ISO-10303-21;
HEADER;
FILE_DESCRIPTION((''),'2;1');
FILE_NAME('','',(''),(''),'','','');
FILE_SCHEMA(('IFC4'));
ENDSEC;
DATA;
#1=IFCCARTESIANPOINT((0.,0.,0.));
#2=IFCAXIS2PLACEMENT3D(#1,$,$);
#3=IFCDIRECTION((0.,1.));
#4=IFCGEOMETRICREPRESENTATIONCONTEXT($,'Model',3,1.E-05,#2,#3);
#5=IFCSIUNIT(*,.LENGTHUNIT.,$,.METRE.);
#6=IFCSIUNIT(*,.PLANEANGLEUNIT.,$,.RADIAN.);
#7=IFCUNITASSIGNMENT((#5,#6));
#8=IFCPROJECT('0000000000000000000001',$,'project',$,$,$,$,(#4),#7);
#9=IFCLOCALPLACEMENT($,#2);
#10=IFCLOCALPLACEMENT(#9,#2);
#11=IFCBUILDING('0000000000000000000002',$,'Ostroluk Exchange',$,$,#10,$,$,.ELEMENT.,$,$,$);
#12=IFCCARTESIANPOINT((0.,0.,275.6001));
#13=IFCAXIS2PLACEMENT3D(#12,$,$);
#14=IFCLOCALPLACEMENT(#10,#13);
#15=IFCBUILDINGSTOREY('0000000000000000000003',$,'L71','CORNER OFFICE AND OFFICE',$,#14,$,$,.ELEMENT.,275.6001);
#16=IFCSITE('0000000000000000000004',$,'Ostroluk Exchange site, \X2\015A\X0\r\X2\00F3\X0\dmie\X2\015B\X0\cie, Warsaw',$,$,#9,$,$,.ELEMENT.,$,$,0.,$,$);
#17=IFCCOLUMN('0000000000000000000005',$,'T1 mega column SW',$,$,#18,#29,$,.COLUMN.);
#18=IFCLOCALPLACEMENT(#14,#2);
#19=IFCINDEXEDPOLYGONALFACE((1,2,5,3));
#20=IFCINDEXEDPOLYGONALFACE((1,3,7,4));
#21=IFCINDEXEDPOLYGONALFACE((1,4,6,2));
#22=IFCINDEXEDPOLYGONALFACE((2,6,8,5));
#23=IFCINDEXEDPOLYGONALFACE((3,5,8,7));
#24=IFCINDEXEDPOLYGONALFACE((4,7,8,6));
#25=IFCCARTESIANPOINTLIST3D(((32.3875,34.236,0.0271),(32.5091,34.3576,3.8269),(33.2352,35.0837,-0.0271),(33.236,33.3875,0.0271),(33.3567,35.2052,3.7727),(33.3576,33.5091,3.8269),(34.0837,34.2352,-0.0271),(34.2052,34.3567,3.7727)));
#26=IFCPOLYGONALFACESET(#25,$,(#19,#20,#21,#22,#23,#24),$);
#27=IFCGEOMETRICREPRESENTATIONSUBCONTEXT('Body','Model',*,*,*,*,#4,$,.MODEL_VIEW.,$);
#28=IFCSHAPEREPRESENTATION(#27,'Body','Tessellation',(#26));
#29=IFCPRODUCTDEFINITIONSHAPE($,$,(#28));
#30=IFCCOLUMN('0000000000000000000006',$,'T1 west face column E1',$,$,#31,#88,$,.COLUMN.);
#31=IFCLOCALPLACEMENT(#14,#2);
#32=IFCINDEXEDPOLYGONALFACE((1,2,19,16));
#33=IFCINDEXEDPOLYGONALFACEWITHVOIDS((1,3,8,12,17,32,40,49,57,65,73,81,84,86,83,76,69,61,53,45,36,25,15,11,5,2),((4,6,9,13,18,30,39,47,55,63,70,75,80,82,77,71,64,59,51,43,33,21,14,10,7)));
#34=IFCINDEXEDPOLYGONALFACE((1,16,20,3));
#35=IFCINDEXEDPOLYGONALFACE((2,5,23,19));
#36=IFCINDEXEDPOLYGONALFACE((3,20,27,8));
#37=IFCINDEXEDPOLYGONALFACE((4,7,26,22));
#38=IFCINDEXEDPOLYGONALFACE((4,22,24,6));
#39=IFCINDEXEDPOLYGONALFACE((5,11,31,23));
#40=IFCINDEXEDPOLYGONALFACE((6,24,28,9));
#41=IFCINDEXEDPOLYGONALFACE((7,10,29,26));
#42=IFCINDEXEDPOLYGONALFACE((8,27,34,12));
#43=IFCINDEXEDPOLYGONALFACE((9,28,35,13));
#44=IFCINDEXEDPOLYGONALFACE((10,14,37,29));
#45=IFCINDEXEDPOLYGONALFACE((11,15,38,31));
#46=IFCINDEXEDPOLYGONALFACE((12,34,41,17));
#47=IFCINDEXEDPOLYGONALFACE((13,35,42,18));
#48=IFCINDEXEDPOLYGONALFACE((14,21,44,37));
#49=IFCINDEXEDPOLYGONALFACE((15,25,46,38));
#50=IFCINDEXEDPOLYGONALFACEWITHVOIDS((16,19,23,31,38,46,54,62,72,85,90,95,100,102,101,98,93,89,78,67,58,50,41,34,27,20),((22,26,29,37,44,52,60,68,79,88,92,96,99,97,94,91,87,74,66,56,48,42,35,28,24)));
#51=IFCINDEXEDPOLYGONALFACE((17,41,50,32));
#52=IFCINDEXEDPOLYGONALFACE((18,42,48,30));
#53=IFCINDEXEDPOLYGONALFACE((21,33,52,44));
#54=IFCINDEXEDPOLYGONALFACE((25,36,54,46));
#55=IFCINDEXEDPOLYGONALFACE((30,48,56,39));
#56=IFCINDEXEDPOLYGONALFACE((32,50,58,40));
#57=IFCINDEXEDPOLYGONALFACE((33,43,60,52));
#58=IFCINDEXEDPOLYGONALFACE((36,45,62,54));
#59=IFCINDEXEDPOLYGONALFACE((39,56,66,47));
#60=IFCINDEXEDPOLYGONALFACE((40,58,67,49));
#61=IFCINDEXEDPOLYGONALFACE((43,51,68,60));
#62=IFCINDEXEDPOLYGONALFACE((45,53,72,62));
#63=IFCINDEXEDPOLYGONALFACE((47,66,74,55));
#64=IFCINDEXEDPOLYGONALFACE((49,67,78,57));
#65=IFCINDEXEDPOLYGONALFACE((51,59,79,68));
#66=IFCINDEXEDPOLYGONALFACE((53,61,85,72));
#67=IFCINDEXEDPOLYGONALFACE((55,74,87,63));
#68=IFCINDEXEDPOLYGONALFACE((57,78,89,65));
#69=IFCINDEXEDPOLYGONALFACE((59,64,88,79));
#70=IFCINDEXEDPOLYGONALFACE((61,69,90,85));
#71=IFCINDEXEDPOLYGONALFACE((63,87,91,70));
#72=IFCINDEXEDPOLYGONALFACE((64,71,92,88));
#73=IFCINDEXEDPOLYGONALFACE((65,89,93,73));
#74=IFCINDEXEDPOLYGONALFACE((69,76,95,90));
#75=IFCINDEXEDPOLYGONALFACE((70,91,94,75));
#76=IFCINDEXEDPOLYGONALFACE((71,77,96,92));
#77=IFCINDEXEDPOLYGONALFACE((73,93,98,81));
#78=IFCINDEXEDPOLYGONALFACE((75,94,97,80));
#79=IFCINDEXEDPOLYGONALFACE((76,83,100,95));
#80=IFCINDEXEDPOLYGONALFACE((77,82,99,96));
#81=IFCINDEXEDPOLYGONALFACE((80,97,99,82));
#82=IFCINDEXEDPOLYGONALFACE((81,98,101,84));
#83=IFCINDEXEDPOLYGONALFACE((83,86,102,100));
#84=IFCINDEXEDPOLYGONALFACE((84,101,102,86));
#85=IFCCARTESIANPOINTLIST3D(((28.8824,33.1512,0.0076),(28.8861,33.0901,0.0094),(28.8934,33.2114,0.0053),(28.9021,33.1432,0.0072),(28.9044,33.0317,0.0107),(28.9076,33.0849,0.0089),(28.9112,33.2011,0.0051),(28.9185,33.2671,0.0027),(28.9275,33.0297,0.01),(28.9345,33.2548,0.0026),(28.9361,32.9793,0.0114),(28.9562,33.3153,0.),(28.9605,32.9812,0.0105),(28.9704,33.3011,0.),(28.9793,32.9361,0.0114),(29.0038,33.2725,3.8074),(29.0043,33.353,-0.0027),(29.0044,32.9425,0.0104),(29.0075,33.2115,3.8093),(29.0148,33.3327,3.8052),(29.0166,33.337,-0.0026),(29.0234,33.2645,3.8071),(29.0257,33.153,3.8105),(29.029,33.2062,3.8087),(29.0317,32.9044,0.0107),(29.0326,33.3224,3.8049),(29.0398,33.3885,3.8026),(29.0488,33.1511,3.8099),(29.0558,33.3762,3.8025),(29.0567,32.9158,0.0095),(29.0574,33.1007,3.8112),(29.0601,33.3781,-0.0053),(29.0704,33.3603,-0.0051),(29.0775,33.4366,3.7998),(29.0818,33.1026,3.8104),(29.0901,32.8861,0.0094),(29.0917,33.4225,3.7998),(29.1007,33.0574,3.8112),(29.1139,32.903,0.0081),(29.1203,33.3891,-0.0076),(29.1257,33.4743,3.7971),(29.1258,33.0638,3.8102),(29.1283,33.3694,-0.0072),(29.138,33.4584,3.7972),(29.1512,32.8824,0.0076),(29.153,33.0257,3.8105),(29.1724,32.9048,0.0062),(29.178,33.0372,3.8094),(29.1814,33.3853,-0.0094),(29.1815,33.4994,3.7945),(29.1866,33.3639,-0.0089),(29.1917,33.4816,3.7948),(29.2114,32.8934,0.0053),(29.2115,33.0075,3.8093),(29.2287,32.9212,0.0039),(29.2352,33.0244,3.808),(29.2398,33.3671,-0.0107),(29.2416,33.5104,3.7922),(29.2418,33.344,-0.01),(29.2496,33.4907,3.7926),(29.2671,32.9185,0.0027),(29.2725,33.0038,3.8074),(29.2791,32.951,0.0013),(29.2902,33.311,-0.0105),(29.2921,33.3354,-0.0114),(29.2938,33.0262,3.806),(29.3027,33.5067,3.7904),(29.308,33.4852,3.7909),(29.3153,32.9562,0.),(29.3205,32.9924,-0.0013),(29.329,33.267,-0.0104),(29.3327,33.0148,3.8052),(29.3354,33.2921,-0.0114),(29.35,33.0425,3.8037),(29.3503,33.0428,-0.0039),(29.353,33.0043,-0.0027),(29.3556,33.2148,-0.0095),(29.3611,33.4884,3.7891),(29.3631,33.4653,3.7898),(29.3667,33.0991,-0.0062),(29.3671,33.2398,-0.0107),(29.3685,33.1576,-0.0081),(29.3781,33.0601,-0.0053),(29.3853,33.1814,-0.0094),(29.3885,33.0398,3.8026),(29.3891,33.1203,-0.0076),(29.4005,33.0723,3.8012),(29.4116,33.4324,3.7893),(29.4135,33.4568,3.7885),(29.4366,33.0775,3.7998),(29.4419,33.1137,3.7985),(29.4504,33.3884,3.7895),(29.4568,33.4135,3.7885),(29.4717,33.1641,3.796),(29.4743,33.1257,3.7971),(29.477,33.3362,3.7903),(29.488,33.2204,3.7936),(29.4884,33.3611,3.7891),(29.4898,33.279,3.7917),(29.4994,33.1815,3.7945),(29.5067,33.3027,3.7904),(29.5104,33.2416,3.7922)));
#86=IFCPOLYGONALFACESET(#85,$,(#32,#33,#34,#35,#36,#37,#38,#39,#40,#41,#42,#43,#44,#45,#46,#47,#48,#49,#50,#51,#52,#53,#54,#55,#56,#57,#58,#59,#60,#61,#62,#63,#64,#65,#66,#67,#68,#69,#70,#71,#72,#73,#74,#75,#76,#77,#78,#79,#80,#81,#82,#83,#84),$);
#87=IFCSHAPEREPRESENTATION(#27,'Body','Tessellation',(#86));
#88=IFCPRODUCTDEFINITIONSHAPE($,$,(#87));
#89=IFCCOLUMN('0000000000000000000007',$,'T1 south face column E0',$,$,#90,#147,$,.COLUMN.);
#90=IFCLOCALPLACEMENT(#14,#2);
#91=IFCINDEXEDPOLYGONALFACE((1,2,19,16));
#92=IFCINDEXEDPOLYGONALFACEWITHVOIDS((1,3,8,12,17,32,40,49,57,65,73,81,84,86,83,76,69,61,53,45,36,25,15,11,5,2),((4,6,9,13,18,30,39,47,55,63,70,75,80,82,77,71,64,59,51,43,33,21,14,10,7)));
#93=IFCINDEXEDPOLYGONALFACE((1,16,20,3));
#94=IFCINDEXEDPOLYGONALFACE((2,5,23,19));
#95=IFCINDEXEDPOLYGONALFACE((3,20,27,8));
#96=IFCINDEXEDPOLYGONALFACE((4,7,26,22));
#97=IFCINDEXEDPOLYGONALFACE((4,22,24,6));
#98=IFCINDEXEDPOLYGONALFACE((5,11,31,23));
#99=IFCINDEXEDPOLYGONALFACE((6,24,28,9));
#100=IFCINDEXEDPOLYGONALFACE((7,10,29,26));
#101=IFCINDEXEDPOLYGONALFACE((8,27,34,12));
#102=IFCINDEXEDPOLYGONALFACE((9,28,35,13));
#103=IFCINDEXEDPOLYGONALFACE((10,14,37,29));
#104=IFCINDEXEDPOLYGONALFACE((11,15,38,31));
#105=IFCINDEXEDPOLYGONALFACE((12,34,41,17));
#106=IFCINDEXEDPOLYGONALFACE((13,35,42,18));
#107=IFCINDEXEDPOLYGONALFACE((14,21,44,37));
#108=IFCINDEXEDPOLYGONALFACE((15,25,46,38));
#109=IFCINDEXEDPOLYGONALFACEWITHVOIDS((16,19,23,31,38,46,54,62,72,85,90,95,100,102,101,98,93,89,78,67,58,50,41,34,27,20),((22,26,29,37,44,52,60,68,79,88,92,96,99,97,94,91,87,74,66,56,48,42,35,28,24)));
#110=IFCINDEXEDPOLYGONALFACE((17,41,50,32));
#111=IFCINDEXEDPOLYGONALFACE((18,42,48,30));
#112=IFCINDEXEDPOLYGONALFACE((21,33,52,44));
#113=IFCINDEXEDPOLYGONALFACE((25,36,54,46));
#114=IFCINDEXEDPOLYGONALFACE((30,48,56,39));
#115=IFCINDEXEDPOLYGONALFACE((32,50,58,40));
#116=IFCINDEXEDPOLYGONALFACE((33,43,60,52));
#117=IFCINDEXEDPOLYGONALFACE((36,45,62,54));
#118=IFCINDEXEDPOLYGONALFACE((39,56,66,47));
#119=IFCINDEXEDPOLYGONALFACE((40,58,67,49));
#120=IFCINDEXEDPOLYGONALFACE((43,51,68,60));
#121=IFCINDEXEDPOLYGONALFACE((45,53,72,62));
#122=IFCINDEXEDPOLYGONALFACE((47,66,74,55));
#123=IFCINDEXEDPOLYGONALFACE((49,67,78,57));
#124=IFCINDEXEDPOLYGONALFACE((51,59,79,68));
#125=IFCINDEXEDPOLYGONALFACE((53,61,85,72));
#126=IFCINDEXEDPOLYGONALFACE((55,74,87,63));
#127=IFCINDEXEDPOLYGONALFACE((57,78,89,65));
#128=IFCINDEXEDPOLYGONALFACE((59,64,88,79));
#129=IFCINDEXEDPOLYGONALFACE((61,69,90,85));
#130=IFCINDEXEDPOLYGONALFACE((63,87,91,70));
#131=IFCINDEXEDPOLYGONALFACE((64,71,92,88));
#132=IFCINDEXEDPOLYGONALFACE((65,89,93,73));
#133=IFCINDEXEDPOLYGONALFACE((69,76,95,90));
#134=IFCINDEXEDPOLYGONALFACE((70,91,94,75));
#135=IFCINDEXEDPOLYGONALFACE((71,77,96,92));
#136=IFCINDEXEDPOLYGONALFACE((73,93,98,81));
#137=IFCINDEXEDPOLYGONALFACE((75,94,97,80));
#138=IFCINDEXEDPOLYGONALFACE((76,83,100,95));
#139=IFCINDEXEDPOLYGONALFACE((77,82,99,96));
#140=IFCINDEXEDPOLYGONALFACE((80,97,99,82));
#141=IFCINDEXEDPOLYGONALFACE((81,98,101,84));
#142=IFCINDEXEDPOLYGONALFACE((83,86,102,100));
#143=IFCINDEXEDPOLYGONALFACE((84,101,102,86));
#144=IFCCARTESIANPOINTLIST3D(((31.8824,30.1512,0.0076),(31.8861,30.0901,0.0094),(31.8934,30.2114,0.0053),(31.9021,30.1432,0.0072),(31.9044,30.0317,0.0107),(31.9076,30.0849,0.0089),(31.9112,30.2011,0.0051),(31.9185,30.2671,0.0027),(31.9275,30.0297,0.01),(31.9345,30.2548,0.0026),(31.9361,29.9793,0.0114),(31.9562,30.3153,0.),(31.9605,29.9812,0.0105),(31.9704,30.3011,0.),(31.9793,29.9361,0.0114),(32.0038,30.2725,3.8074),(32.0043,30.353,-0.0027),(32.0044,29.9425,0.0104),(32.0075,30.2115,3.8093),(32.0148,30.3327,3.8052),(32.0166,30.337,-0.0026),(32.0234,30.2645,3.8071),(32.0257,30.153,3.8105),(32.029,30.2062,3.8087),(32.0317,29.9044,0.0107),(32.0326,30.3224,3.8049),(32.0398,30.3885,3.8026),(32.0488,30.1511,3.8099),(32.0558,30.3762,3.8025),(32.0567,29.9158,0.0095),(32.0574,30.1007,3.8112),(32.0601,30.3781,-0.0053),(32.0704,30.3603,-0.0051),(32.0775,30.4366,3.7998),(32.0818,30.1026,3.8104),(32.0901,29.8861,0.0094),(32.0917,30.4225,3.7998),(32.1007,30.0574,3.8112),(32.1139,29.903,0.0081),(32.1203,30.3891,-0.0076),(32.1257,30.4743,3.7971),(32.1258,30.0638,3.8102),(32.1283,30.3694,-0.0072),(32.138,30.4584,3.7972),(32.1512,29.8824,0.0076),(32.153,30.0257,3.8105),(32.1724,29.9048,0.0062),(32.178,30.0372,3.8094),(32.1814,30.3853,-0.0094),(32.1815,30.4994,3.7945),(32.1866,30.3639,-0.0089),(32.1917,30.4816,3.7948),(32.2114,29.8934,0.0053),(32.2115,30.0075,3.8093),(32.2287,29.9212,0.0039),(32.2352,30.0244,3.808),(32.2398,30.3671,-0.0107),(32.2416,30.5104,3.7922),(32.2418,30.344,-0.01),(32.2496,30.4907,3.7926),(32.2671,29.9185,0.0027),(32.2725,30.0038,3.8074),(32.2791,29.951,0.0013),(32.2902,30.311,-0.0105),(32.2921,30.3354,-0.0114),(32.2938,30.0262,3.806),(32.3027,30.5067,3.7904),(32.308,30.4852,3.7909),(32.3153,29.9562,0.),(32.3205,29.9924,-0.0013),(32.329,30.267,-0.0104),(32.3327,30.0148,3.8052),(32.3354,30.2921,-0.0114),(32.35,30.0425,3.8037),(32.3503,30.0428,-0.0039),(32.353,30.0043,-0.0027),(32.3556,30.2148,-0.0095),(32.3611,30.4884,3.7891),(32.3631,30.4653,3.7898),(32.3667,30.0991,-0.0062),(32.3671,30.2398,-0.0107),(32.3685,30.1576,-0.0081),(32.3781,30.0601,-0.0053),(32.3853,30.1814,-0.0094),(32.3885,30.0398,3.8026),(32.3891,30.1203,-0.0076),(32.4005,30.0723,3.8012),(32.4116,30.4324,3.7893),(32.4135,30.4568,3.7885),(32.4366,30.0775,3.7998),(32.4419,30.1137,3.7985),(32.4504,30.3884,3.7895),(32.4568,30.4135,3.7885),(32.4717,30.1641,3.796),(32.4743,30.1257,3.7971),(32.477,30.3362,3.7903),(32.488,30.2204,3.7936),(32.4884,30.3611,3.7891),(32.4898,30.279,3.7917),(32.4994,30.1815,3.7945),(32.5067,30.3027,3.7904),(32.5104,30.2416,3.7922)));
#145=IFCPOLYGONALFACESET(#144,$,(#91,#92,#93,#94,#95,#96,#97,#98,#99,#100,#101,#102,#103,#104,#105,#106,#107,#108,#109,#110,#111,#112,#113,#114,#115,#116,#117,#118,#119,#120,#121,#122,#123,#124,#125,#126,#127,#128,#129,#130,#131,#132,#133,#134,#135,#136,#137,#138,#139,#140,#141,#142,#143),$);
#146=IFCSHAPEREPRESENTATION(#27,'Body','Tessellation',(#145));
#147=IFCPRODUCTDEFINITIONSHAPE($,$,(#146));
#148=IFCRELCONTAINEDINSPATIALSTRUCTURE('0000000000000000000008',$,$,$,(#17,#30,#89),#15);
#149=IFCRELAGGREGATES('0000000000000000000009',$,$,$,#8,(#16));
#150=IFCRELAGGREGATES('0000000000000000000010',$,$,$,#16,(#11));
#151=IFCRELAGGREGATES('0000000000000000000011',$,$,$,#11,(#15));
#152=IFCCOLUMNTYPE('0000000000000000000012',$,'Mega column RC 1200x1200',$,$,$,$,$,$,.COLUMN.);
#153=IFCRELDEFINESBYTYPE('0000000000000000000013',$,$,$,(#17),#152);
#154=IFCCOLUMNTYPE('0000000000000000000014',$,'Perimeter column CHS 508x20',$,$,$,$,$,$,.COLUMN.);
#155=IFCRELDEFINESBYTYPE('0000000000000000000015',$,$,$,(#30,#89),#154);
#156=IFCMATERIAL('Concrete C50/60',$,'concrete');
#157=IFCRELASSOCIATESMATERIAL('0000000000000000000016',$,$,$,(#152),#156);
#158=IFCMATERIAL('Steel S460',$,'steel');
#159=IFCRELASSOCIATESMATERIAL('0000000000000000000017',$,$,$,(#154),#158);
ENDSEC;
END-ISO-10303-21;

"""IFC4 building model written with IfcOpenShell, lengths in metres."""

from ifc_helpers import new_model, si_unit, direction, frame, origin, origin_2d, place, context, subcontext, project, spatial, rectangle, hollow_circle, extrude, material, material_profile, profile_set, type_object, element, save


model = new_model("IFC4")

# Units and contexts
model_context = context("Model", 3, precision=1e-05, world=origin(), true_north=direction((0.0, 1.0)))
body_context = subcontext(model_context, "Body", "Model", "MODEL_VIEW")
ifc_project = project(units=[si_unit("LENGTHUNIT", "METRE"), si_unit("PLANEANGLEUNIT", "RADIAN")], contexts=[model_context])

# Site, building, storey
site_placement = place(None, origin())
site = spatial("IfcSite", under=ifc_project, at=site_placement, Name="Ostroluk Exchange site, Śródmieście, Warsaw", CompositionType="ELEMENT", RefElevation=0.0)
building_placement = place(site_placement, origin())
building = spatial("IfcBuilding", under=site, at=building_placement, Name="Ostroluk Exchange", CompositionType="ELEMENT")
storey_placement = place(building_placement, frame((0.0, 0.0, 275.6001)))
storey = spatial("IfcBuildingStorey", under=building, at=storey_placement, Name="L71", Description="CORNER OFFICE AND OFFICE", CompositionType="ELEMENT", Elevation=275.6001)

# Columns
ifc_material_1 = material(Name="Concrete C50/60", Category="concrete")
ifc_material_profile_1 = material_profile(ifc_material_1, rectangle(XDim=1.2, YDim=1.2, at=origin_2d()), Name="RC 1200x1200")
ifc_profile_set_1 = profile_set([ifc_material_profile_1], Name="Concrete C50/60")
column_type_1 = type_object("IfcColumnType", Name="Mega column RC 1200x1200", PredefinedType="COLUMN", material=ifc_profile_set_1)
column_1_placement = place(storey_placement, frame((33.2356, 34.2356, 0.0), z_axis=(0.031964, 0.031964, 0.998978), x_axis=(-0.707107, 0.707107, 0.0)))
element("IfcColumn", 1, at=column_1_placement, inside=storey, type_object=column_type_1, Name="T1 mega column SW", PredefinedType="COLUMN", context=body_context, shape_type="SweptSolid", body=[
    extrude(rectangle(XDim=1.2, YDim=1.2, at=origin_2d()), origin(), (0.0, 0.0, 1.0), 3.8037),
])
ifc_material_2 = material(Name="Steel S460", Category="steel")
ifc_material_profile_2 = material_profile(ifc_material_2, hollow_circle(Radius=0.2539, WallThickness=0.02, at=origin_2d()), Name="CHS 508x20")
ifc_profile_set_2 = profile_set([ifc_material_profile_2], Name="Steel S460")
column_type_2 = type_object("IfcColumnType", Name="Perimeter column CHS 508x20", PredefinedType="COLUMN", material=ifc_profile_set_2)
for number, where, z_axis, x_axis, name in (
    (2, (29.1357, 33.1357, 0.0), (0.0319, 0.0319, 0.998982), (-0.707107, 0.707107, 0.0), "T1 west face column E1"),
    (3, (32.1357, 30.1357, 0.0), (0.0319, 0.0319, 0.998982), (-0.707107, 0.707107, 0.0), "T1 south face column E0"),
):
    element("IfcColumn", number, at=place(storey_placement, frame(where, z_axis=z_axis, x_axis=x_axis)), inside=storey, type_object=column_type_2, Name=name, PredefinedType="COLUMN", context=body_context, shape_type="SweptSolid", body=[
        extrude(hollow_circle(Radius=0.2539, WallThickness=0.02, at=origin_2d()), origin(), (0.0, 0.0, 1.0), 3.8037),
    ])

save(model, "model.ifc")
